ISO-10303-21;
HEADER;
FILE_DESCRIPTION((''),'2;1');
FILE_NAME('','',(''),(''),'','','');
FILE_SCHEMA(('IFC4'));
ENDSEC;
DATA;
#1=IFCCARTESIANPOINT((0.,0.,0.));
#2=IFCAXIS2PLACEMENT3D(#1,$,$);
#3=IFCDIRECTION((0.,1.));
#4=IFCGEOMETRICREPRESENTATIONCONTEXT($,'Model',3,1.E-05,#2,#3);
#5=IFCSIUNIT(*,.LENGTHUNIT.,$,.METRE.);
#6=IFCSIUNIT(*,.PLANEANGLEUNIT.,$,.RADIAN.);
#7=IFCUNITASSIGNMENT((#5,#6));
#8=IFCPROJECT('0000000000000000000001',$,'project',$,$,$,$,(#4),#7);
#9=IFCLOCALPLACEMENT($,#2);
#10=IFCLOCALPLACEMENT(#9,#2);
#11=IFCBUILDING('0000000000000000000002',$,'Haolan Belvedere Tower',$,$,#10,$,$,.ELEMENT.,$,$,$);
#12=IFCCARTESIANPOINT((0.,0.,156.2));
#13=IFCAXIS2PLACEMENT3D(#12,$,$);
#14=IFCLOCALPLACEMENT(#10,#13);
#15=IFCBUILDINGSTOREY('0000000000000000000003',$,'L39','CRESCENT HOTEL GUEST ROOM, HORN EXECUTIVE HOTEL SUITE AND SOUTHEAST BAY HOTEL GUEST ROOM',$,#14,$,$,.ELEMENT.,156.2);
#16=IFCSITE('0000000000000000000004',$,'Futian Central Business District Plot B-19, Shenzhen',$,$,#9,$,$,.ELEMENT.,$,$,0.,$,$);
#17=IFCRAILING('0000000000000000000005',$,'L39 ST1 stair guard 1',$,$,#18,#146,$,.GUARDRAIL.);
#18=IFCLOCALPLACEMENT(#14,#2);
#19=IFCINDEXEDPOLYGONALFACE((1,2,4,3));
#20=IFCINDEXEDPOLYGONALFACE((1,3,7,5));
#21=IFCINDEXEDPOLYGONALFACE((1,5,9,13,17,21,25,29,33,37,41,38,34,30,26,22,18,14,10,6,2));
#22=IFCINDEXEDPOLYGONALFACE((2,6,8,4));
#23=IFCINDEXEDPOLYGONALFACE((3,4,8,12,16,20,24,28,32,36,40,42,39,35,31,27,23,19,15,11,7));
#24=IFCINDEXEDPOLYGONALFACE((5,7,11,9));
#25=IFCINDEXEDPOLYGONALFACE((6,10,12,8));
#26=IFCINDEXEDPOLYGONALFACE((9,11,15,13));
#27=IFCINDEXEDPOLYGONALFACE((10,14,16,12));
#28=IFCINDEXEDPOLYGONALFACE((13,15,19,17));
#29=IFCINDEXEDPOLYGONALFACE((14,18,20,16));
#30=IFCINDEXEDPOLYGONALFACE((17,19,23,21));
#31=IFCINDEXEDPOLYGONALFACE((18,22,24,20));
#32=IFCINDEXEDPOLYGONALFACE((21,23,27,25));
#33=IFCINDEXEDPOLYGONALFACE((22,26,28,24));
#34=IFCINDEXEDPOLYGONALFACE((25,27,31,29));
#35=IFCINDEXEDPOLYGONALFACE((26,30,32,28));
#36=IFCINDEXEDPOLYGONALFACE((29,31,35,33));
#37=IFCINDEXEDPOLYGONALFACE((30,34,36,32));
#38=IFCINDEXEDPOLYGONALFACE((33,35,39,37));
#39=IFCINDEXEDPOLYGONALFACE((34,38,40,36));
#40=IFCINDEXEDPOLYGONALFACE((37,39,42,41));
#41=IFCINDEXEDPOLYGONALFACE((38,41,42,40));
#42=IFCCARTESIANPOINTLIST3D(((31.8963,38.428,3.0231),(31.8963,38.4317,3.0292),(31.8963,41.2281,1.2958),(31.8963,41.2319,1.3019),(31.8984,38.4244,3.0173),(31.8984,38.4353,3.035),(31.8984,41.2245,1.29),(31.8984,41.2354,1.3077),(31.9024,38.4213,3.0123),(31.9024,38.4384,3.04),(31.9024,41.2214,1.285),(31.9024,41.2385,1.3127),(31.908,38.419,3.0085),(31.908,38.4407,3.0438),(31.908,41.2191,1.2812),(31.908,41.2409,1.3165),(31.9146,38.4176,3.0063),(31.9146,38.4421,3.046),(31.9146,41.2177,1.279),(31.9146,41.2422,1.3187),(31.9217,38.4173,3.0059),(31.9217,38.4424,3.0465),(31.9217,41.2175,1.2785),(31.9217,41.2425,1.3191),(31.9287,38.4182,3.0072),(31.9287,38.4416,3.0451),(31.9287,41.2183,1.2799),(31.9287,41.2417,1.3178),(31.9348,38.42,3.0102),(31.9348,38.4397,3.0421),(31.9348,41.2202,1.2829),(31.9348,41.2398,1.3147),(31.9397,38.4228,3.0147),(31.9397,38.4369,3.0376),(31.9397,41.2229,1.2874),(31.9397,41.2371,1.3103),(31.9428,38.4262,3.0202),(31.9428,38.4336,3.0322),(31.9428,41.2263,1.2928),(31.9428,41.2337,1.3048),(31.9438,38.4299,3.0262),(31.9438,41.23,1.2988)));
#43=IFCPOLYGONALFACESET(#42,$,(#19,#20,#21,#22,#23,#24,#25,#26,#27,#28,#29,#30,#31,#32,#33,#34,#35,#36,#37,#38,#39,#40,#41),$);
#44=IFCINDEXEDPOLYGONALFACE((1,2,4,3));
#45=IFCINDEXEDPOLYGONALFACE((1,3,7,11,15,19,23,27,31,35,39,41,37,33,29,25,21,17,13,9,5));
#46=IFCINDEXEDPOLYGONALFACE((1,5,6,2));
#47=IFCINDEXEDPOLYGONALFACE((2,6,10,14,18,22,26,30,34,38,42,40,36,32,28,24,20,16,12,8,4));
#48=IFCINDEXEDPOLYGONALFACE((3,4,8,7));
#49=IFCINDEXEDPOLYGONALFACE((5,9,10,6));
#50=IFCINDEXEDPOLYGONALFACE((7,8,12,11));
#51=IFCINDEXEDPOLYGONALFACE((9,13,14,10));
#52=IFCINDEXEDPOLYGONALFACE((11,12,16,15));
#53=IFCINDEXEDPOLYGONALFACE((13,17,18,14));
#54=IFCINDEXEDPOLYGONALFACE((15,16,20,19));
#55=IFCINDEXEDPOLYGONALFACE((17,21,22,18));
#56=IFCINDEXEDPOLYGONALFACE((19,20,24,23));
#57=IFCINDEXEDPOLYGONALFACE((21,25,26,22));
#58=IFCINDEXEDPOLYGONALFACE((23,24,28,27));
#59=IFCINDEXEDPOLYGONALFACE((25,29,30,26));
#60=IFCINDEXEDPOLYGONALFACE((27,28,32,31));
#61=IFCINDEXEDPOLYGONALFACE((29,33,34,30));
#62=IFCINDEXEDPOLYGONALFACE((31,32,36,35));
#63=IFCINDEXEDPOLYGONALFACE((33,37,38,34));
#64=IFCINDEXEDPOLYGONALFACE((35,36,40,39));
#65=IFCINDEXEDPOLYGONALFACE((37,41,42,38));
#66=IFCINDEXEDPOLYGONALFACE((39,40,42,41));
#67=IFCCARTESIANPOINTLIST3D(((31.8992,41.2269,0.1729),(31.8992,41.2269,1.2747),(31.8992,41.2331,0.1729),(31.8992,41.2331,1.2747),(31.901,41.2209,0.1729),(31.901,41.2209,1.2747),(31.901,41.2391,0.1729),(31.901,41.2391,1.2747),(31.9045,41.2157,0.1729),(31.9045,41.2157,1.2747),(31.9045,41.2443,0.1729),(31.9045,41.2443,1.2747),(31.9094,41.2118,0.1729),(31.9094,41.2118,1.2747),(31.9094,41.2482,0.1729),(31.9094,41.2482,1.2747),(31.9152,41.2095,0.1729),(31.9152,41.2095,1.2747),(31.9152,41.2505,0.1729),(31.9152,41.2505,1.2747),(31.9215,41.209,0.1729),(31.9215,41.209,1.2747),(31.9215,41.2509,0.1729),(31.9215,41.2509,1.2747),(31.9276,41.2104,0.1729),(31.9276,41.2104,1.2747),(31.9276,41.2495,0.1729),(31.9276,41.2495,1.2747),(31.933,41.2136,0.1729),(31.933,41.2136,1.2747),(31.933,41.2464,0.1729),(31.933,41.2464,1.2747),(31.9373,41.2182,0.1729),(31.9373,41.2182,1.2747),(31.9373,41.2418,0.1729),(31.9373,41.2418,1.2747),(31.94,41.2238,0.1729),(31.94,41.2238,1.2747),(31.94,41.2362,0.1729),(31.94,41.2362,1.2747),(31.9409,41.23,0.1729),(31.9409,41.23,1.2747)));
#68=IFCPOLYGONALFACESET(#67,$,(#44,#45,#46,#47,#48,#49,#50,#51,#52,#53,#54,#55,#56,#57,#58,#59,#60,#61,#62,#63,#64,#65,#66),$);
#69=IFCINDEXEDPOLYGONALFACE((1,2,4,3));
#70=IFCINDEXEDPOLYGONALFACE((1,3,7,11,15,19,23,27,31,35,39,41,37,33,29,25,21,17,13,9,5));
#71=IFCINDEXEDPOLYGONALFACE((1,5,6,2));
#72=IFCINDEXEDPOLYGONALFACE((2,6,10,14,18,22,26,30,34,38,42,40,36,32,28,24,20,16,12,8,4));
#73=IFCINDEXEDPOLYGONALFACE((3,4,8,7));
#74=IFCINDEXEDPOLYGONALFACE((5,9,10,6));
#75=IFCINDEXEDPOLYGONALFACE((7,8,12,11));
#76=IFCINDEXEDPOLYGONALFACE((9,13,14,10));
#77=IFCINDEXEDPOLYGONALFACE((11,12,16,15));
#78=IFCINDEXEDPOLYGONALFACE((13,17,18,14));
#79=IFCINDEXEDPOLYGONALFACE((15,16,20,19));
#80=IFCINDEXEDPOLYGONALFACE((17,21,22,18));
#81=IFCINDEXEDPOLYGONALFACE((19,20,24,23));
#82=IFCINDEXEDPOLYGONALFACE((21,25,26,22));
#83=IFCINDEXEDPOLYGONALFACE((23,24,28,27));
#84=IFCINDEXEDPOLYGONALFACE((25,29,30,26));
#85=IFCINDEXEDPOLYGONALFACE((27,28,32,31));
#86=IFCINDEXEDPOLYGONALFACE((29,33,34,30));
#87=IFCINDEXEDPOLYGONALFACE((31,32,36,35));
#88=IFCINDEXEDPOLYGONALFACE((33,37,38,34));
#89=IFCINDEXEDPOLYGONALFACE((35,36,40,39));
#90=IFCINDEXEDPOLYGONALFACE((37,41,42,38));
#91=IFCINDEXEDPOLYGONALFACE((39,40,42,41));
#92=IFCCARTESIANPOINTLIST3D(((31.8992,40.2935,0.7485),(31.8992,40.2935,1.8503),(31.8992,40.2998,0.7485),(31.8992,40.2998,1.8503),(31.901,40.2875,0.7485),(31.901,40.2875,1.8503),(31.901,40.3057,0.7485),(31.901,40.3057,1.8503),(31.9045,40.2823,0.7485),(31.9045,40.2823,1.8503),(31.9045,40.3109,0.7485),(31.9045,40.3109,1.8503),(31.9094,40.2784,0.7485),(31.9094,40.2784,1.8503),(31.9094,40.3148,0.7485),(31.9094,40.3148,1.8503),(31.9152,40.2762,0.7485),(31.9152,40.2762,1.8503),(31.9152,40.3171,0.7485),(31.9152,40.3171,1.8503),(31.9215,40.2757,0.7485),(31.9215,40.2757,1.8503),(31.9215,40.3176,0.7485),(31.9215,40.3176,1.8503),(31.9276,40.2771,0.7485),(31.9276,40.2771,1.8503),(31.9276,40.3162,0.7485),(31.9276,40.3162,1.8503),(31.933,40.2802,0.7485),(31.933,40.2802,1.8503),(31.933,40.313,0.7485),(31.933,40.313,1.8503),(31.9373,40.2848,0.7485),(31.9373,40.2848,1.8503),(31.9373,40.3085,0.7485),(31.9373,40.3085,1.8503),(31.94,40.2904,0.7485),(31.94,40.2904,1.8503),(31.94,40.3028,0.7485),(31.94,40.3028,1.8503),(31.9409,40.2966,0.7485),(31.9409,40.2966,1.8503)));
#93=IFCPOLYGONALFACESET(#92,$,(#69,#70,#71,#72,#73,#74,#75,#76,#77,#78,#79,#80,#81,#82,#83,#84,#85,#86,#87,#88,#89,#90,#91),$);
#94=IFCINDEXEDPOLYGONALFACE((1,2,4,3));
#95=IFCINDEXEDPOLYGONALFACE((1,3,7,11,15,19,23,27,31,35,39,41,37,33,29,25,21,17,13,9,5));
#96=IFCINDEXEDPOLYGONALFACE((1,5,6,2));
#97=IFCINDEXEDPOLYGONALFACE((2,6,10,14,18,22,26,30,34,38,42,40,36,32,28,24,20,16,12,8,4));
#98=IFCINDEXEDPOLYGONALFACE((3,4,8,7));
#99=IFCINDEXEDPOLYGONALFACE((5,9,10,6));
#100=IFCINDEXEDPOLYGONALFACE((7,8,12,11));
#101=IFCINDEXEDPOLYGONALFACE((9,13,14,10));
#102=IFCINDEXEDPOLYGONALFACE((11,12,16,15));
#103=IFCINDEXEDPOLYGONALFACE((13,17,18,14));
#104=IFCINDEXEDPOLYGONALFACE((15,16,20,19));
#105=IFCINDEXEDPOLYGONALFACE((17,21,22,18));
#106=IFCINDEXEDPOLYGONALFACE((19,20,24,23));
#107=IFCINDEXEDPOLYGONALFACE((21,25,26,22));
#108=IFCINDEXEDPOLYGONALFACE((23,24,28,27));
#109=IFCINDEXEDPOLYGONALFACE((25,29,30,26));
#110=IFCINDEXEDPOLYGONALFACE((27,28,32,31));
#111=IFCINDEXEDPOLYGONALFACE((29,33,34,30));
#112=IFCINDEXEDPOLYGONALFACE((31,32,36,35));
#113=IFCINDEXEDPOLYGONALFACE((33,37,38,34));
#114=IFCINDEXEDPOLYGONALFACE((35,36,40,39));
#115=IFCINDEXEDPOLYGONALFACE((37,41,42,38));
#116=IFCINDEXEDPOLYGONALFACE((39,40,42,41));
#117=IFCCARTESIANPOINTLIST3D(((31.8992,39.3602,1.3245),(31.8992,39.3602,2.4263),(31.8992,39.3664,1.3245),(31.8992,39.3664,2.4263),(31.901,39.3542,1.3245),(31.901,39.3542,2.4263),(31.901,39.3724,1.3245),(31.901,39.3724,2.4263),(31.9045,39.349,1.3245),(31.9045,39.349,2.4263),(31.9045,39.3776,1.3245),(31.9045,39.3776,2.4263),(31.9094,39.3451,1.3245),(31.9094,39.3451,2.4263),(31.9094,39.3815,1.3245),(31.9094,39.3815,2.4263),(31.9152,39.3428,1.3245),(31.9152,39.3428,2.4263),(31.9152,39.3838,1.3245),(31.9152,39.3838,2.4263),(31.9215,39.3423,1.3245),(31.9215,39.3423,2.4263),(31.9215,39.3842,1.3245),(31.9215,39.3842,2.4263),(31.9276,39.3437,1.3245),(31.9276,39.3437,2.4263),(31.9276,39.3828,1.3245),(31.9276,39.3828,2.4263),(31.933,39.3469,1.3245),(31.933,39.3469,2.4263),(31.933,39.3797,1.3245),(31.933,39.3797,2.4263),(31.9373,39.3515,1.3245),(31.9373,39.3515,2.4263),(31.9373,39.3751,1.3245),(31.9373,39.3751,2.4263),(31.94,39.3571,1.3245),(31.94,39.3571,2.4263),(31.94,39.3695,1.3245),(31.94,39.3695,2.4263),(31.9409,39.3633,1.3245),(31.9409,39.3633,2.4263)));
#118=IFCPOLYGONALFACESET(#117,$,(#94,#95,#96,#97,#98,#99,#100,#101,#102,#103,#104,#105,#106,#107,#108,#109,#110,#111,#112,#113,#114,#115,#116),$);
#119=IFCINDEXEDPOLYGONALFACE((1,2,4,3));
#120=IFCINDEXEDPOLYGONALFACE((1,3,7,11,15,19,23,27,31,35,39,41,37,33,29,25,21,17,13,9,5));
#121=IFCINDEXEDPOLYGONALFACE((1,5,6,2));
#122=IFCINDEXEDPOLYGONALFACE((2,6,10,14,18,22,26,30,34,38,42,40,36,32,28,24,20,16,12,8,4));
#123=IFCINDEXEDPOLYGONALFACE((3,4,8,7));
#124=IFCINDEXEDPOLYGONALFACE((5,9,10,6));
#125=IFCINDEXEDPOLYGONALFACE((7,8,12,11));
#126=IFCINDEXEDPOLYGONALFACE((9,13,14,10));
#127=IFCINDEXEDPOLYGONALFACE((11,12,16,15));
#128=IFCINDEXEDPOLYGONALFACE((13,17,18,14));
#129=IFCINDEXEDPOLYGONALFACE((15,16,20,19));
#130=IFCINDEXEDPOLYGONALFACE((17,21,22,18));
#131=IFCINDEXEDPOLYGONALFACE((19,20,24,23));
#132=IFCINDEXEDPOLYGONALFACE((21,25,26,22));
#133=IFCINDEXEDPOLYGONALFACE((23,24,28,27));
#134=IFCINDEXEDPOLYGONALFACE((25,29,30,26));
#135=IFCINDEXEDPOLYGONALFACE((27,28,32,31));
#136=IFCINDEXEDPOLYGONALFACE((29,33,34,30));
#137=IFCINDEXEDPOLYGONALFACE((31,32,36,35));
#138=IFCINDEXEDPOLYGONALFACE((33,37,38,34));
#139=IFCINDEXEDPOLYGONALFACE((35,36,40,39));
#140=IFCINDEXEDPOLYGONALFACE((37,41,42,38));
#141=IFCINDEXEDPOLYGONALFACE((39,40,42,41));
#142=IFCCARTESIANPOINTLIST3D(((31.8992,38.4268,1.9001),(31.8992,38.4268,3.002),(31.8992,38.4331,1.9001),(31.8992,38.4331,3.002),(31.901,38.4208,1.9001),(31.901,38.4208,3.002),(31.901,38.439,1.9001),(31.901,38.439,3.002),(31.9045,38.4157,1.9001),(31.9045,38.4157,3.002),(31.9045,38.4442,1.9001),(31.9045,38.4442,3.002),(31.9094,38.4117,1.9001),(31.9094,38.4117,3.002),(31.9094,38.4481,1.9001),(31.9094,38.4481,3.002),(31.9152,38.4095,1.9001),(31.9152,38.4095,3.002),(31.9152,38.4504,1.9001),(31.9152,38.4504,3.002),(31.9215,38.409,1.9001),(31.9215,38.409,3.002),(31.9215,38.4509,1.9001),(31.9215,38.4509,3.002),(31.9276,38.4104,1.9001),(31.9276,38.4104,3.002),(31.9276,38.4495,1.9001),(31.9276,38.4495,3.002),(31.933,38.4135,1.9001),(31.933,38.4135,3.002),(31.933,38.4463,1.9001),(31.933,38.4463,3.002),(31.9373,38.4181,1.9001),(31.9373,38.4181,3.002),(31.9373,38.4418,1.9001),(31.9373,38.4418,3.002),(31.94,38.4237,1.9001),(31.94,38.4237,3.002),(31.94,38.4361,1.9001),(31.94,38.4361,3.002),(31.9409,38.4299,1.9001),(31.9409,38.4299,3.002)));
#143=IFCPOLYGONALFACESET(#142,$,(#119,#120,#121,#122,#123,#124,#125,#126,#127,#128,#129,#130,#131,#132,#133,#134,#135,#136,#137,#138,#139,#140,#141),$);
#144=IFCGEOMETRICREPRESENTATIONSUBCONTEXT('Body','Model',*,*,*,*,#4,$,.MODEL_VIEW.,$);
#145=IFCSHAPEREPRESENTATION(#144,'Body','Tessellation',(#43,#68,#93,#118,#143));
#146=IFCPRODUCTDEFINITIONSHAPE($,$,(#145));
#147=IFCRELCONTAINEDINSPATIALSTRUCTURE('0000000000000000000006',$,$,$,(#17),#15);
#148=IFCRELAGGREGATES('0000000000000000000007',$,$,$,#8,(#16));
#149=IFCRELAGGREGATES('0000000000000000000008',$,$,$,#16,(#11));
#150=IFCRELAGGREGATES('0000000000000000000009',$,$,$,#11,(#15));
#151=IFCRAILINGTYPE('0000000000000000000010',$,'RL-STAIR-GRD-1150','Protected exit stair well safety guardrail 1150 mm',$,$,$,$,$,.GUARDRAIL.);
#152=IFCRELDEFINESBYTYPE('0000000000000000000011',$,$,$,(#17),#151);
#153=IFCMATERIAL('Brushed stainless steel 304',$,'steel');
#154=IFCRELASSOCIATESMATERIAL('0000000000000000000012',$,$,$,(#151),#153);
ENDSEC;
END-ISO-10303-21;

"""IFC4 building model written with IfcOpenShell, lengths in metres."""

from ifc_helpers import new_model, si_unit, direction, frame, origin, origin_2d, place, context, subcontext, project, spatial, circle, extrude, material, type_object, element, save


model = new_model("IFC4")

# Units and contexts
model_context = context("Model", 3, precision=1e-05, world=origin(), true_north=direction((0.0, 1.0)))
body_context = subcontext(model_context, "Body", "Model", "MODEL_VIEW")
ifc_project = project(units=[si_unit("LENGTHUNIT", "METRE"), si_unit("PLANEANGLEUNIT", "RADIAN")], contexts=[model_context])

# Site, building, storey
site_placement = place(None, origin())
site = spatial("IfcSite", under=ifc_project, at=site_placement, Name="Futian Central Business District Plot B-19, Shenzhen", CompositionType="ELEMENT", RefElevation=0.0)
building_placement = place(site_placement, origin())
building = spatial("IfcBuilding", under=site, at=building_placement, Name="Haolan Belvedere Tower", CompositionType="ELEMENT")
storey_placement = place(building_placement, frame((0.0, 0.0, 156.2)))
storey = spatial("IfcBuildingStorey", under=building, at=storey_placement, Name="L39", Description="CRESCENT HOTEL GUEST ROOM, HORN EXECUTIVE HOTEL SUITE AND SOUTHEAST BAY HOTEL GUEST ROOM", CompositionType="ELEMENT", Elevation=156.2)

# Railing
ifc_material_1 = material(Name="Brushed stainless steel 304", Category="steel")
railing_type_1 = type_object("IfcRailingType", Name="RL-STAIR-GRD-1150", Description="Protected exit stair well safety guardrail 1150 mm", PredefinedType="GUARDRAIL", material=ifc_material_1)
railing_1_placement = place(storey_placement, frame((31.9199, 41.23, 0.1729)))
element("IfcRailing", 1, at=railing_1_placement, inside=storey, type_object=railing_type_1, Name="L39 ST1 stair guard 1", PredefinedType="GUARDRAIL", context=body_context, shape_type="SweptSolid", body=[
    extrude(circle(Radius=0.0239, at=origin_2d()), frame((0.0, 0.0, 1.126), z_axis=(0.0, -0.85109, 0.52502), x_axis=(1.0, 0.0, 0.0)), (0.0, 0.0, 1.0), 3.29),
    extrude(circle(Radius=0.021, at=origin_2d()), origin(), (0.0, 0.0, 1.0), 1.1018),
    extrude(circle(Radius=0.021, at=origin_2d()), frame((0.0, -0.9333, 0.5757)), (0.0, 0.0, 1.0), 1.1018),
    extrude(circle(Radius=0.021, at=origin_2d()), frame((0.0, -1.8667, 1.1516)), (0.0, 0.0, 1.0), 1.1018),
    extrude(circle(Radius=0.021, at=origin_2d()), frame((0.0, -2.8, 1.7273)), (0.0, 0.0, 1.0), 1.1018),
])

save(model, "model.ifc")
